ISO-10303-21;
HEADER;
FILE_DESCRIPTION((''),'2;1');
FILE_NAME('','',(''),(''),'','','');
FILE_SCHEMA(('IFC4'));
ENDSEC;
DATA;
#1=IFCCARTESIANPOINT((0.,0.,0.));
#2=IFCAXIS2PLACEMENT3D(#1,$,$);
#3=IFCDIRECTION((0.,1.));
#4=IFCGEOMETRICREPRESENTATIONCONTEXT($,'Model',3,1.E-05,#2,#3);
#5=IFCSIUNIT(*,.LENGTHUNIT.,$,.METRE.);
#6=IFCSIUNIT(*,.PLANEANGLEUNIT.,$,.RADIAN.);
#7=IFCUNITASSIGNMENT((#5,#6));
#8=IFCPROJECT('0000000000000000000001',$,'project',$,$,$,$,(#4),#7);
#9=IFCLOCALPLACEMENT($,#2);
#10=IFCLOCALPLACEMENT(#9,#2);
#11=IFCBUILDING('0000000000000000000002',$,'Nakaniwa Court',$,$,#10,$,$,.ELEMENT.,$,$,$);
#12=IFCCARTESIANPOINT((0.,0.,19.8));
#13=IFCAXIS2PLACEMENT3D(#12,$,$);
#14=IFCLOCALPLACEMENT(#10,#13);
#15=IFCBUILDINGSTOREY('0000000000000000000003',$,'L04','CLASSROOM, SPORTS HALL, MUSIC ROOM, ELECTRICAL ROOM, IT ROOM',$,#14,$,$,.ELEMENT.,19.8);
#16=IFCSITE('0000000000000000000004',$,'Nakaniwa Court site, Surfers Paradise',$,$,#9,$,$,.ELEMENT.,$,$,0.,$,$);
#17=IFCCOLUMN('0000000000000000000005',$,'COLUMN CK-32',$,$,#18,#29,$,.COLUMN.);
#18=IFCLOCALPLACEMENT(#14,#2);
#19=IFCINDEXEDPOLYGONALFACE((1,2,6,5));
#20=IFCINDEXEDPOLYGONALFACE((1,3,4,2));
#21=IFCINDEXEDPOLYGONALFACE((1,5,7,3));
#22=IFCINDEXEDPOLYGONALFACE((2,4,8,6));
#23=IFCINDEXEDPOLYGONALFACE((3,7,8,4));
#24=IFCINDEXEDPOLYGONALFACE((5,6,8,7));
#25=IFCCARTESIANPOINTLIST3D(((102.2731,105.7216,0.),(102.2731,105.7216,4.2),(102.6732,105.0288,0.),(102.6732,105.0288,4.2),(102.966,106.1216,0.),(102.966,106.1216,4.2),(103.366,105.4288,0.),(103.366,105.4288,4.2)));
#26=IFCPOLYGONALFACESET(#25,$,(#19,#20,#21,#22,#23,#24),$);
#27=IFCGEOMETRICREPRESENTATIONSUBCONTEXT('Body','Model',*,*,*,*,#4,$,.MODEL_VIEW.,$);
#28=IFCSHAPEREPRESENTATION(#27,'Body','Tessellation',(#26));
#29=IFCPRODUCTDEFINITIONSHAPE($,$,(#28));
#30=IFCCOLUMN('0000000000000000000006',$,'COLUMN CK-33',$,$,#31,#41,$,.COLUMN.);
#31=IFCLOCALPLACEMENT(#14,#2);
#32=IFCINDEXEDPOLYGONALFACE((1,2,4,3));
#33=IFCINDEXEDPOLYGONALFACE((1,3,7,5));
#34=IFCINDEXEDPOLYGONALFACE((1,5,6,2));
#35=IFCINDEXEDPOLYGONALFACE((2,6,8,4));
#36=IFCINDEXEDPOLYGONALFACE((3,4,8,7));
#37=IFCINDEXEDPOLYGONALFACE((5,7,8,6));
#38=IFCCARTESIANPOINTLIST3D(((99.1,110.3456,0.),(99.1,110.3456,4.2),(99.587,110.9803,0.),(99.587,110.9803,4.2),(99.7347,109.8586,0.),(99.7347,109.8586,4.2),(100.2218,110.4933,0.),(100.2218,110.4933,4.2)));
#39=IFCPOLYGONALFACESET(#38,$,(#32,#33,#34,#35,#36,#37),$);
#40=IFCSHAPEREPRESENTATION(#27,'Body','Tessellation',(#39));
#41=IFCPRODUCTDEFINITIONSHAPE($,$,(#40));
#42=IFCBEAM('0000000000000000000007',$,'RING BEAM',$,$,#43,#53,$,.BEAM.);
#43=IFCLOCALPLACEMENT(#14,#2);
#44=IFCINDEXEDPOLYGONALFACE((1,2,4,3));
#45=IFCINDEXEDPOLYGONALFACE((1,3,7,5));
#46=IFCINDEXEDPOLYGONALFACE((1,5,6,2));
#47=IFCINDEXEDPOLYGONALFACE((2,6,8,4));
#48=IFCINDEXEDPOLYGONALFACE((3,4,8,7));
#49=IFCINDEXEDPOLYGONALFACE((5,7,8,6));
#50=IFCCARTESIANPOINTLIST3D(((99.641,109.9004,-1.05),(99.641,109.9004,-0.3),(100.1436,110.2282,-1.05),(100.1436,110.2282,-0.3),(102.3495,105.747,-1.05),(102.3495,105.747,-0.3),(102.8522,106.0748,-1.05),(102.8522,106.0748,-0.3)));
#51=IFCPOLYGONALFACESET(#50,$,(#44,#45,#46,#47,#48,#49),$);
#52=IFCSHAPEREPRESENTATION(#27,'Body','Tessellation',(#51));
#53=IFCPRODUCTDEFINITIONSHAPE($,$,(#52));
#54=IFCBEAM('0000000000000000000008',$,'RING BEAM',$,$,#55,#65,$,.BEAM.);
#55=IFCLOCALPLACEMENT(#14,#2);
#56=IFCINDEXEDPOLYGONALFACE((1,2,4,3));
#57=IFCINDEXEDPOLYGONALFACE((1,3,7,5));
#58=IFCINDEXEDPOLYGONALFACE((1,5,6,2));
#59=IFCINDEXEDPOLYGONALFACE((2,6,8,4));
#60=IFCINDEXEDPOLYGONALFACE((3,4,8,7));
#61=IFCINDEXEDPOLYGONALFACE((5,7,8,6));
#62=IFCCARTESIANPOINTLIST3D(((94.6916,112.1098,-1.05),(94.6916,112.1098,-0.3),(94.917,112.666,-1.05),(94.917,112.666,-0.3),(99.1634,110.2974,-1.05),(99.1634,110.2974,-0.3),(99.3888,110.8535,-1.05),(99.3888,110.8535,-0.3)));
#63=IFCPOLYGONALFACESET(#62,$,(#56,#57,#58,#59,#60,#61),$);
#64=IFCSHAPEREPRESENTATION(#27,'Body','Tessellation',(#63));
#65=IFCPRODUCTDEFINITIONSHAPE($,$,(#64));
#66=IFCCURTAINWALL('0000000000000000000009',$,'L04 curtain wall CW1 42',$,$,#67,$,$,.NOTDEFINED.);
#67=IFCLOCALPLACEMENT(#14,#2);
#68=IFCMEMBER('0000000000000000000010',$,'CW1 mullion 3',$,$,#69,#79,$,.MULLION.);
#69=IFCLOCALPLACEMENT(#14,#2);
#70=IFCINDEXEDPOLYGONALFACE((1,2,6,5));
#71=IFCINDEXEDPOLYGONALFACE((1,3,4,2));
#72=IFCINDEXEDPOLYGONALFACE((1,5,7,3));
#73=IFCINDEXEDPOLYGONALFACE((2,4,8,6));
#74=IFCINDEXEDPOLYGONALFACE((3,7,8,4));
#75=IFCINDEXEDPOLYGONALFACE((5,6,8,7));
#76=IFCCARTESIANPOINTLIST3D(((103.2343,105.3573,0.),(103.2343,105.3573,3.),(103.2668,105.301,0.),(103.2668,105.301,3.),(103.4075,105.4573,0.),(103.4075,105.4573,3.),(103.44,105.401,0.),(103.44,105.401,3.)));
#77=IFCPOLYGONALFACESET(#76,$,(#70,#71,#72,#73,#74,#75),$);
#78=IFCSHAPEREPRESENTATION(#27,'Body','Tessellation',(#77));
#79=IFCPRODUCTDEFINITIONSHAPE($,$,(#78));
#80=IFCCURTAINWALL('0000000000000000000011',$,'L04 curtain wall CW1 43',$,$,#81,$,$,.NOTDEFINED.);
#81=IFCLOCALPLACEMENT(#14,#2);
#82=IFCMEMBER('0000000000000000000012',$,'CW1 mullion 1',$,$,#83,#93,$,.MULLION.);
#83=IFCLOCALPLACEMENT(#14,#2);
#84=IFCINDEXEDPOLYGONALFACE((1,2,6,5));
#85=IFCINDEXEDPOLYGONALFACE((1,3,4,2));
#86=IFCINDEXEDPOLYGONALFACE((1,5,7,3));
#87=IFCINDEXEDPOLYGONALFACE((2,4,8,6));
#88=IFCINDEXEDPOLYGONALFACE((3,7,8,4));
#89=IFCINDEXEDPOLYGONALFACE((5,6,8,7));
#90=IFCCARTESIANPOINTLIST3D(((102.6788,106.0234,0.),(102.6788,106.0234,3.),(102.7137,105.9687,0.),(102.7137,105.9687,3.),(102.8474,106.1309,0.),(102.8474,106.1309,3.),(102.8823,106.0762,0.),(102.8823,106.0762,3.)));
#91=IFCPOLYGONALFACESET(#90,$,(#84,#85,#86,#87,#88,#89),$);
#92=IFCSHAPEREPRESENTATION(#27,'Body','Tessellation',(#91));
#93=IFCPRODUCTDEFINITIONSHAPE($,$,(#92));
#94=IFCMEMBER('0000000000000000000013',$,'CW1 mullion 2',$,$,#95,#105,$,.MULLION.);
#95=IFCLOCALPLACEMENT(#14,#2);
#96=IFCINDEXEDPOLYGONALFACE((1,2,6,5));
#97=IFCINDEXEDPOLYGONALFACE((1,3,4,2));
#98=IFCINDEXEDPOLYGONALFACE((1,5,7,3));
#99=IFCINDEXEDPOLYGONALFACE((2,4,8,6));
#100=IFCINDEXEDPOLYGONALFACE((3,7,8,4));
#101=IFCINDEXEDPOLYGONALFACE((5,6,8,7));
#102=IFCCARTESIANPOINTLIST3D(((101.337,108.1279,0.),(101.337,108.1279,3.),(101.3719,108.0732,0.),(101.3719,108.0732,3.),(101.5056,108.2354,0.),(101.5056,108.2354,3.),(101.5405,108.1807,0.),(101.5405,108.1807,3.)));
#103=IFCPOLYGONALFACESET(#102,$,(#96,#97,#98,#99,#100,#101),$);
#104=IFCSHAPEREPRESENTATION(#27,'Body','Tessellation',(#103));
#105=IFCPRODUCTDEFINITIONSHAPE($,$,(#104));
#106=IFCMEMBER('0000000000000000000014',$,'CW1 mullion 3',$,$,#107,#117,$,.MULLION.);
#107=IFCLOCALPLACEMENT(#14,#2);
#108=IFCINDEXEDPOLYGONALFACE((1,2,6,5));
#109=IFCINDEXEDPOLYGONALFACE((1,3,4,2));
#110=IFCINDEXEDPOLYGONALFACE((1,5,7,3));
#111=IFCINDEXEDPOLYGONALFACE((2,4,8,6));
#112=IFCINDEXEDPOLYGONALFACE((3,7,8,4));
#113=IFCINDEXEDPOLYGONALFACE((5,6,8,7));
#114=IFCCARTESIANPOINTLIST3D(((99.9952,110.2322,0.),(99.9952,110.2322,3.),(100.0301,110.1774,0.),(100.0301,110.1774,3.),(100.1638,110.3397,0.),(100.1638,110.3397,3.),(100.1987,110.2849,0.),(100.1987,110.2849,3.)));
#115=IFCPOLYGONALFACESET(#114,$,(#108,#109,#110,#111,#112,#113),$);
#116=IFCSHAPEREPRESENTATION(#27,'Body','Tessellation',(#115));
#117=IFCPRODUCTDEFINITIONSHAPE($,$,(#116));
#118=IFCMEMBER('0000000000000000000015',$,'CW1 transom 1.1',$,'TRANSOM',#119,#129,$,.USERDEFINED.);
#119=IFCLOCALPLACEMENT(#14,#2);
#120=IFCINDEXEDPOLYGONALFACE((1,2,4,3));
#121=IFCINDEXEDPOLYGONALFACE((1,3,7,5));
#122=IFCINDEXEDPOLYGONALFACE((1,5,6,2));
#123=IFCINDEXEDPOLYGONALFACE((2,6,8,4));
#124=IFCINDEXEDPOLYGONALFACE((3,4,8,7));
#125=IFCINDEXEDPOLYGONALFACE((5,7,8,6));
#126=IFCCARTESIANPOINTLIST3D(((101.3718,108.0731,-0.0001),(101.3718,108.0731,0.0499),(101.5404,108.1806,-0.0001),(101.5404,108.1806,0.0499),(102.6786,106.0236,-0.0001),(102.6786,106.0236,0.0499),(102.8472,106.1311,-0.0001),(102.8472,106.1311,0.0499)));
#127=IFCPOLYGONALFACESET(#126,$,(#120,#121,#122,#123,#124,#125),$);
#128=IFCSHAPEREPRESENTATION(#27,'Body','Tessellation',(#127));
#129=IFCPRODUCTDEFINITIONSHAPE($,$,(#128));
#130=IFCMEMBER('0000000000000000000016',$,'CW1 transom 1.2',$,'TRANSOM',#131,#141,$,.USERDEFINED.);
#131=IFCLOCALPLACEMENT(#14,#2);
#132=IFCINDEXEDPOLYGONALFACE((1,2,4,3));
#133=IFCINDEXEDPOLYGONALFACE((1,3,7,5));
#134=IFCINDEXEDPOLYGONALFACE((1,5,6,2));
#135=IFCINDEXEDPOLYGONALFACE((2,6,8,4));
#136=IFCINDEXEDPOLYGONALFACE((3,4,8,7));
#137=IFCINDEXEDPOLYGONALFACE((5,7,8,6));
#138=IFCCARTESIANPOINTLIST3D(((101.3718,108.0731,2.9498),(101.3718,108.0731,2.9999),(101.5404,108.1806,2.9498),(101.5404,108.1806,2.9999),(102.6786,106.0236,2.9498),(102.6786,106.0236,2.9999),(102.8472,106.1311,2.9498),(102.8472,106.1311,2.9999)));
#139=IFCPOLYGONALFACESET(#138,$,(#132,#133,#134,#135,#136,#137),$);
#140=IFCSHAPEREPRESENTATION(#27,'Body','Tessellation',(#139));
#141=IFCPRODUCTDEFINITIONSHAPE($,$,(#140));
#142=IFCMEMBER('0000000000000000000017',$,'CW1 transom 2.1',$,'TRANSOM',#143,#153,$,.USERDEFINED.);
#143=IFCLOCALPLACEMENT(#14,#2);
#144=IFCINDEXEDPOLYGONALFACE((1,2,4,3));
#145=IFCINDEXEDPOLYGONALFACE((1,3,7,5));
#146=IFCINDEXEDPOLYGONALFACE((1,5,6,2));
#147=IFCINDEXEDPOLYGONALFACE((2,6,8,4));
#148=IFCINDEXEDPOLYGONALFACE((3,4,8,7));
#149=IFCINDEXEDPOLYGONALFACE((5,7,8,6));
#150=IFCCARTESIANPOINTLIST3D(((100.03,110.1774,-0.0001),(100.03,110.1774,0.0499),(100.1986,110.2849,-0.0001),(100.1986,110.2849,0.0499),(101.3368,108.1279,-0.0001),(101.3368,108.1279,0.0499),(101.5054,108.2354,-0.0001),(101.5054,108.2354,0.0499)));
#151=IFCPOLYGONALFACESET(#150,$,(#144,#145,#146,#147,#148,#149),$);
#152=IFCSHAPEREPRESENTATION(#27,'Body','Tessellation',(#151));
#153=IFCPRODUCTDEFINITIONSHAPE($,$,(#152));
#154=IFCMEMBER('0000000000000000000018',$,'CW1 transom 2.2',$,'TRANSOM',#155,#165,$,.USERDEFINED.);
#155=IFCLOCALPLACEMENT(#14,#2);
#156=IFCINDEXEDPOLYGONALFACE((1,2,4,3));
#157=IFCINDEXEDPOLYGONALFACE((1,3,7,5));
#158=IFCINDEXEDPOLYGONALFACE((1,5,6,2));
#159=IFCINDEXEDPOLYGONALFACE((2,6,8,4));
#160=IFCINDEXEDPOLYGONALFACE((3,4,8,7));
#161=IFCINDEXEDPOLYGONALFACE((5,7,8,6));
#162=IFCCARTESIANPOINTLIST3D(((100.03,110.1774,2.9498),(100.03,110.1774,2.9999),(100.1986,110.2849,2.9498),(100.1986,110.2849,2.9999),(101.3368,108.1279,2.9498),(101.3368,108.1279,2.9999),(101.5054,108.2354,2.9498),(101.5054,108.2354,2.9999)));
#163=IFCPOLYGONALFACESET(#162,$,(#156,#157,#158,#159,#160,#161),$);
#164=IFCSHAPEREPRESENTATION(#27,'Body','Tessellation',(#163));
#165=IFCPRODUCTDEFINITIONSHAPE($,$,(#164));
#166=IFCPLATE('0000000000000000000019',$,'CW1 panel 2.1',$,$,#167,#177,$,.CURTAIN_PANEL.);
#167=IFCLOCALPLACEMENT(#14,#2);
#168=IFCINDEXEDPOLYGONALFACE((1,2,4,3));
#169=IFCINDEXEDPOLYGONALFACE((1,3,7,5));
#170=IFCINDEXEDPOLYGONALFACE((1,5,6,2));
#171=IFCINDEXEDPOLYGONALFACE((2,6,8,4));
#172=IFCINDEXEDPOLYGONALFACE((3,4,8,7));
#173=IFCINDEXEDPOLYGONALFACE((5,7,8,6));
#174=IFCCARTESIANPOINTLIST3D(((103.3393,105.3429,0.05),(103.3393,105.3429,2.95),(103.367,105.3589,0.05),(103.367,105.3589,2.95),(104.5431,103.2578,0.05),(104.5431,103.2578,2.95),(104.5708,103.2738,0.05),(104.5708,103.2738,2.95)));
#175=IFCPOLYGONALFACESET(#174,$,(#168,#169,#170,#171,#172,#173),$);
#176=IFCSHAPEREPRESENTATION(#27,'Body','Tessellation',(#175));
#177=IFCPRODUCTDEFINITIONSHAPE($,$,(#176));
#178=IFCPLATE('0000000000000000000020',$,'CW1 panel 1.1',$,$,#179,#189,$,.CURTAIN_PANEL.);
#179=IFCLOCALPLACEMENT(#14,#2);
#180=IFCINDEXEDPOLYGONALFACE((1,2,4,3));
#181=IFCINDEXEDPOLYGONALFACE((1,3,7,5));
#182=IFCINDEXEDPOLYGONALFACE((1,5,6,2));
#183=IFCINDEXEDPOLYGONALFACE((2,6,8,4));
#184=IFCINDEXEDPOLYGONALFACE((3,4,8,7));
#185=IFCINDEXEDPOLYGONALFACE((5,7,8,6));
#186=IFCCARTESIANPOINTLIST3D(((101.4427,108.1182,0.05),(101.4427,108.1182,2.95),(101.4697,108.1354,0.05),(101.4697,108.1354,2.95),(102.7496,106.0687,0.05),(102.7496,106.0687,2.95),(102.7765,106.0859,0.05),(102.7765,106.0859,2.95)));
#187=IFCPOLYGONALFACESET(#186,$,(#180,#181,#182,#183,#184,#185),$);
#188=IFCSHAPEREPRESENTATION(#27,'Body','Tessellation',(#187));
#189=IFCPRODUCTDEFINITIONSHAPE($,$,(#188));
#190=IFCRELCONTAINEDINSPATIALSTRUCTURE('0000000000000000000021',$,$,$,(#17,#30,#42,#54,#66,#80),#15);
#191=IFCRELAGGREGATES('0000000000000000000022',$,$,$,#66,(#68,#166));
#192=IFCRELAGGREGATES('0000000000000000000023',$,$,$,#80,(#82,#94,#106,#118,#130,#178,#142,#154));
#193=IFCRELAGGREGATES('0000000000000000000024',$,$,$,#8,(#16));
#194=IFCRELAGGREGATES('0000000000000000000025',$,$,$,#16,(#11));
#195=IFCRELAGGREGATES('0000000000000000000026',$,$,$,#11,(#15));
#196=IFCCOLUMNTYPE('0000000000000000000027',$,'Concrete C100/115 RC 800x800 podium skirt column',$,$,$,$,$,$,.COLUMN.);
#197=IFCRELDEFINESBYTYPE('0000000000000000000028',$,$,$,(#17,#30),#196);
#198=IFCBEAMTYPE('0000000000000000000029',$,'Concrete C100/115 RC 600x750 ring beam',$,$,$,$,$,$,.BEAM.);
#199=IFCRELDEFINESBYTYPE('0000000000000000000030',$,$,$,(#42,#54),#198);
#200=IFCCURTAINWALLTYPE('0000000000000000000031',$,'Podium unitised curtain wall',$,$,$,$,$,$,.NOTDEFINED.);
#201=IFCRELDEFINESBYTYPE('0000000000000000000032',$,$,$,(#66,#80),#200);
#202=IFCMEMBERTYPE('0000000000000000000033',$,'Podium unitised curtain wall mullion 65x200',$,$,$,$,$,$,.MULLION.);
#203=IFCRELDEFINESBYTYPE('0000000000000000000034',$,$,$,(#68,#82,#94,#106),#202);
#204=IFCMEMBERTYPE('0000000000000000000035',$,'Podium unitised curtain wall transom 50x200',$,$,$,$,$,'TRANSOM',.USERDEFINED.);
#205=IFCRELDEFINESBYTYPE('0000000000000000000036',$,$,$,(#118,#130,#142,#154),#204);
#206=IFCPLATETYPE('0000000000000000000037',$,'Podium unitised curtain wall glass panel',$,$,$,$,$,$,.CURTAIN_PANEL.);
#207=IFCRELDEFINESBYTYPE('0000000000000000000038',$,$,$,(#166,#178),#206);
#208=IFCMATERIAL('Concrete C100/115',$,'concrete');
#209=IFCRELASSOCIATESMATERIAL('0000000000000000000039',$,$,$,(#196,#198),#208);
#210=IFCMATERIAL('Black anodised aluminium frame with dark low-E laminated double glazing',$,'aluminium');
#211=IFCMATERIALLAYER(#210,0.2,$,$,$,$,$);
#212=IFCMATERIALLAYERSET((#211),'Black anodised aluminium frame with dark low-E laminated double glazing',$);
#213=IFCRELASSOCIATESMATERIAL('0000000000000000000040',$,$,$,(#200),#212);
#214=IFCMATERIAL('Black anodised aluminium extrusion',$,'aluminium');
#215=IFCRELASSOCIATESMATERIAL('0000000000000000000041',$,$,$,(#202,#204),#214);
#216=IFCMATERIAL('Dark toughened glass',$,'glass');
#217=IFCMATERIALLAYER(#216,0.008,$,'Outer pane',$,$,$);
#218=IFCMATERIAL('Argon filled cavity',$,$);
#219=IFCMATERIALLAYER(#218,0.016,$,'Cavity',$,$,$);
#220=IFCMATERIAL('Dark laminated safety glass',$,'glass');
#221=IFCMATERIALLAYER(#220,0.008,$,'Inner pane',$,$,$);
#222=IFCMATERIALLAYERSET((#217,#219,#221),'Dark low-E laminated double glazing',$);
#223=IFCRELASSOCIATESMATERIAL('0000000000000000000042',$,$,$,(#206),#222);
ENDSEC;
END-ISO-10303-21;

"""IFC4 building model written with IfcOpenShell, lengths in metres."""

from ifc_helpers import new_model, si_unit, direction, frame, origin, origin_2d, place, context, subcontext, project, spatial, rectangle, extrude, material, layer, layer_set, material_profile, profile_set, type_object, element, aggregate, save


model = new_model("IFC4")

# Units and contexts
model_context = context("Model", 3, precision=1e-05, world=origin(), true_north=direction((0.0, 1.0)))
body_context = subcontext(model_context, "Body", "Model", "MODEL_VIEW")
ifc_project = project(units=[si_unit("LENGTHUNIT", "METRE"), si_unit("PLANEANGLEUNIT", "RADIAN")], contexts=[model_context])

# Site, building, storey
site_placement = place(None, origin())
site = spatial("IfcSite", under=ifc_project, at=site_placement, Name="Nakaniwa Court site, Surfers Paradise", CompositionType="ELEMENT", RefElevation=0.0)
building_placement = place(site_placement, origin())
building = spatial("IfcBuilding", under=site, at=building_placement, Name="Nakaniwa Court", CompositionType="ELEMENT")
storey_placement = place(building_placement, frame((0.0, 0.0, 19.8)))
storey = spatial("IfcBuildingStorey", under=building, at=storey_placement, Name="L04", Description="CLASSROOM, SPORTS HALL, MUSIC ROOM, ELECTRICAL ROOM, IT ROOM", CompositionType="ELEMENT", Elevation=19.8)

# Columns
ifc_material_1 = material(Name="Concrete C100/115", Category="concrete")
ifc_material_profile_1 = material_profile(ifc_material_1, rectangle(XDim=0.8, YDim=0.8, at=origin_2d()), Name="Concrete C100/115 RC 800x800 podium skirt column")
ifc_profile_set_1 = profile_set([ifc_material_profile_1], Name="Concrete C100/115")
column_type = type_object("IfcColumnType", Name="Concrete C100/115 RC 800x800 podium skirt column", PredefinedType="COLUMN", material=ifc_profile_set_1)
for number, where, z_axis, x_axis, name in (
    (1, (102.8196, 105.5752, 0.0), (0.0, 0.0, 1.0), (-0.5, 0.866025, 0.0), "COLUMN CK-32"),
    (2, (99.6609, 110.4194, 0.0), (0.0, 0.0, 1.0), (-0.793353, 0.608761, 0.0), "COLUMN CK-33"),
):
    element("IfcColumn", number, at=place(storey_placement, frame(where, z_axis=z_axis, x_axis=x_axis)), inside=storey, type_object=column_type, Name=name, PredefinedType="COLUMN", context=body_context, shape_type="SweptSolid", body=[
        extrude(rectangle(XDim=0.8, YDim=0.8, at=origin_2d()), origin(), (0.0, 0.0, 1.0), 4.2),
    ])

# Beams
ifc_material_profile_2 = material_profile(ifc_material_1, rectangle(XDim=0.6001, YDim=0.75, at=origin_2d()), Name="Concrete C100/115 RC 600x750 ring beam")
ifc_profile_set_2 = profile_set([ifc_material_profile_2], Name="Concrete C100/115")
beam_type = type_object("IfcBeamType", Name="Concrete C100/115 RC 600x750 ring beam", PredefinedType="BEAM", material=ifc_profile_set_2)
beam_1_placement = place(storey_placement, frame((102.6008, 105.9109, -0.675), z_axis=(-0.546241, 0.837628, 0.0), x_axis=(-0.837628, -0.546241, 0.0)))
element("IfcBeam", 3, at=beam_1_placement, inside=storey, type_object=beam_type, Name="RING BEAM", PredefinedType="BEAM", context=body_context, shape_type="SweptSolid", body=[
    extrude(rectangle(XDim=0.6001, YDim=0.75, at=origin_2d()), origin(), (0.0, 0.0, 1.0), 4.9585),
])
beam_2_placement = place(storey_placement, frame((99.2761, 110.5754, -0.675), z_axis=(-0.926771, 0.375626, 0.0), x_axis=(-0.375626, -0.926771, 0.0)))
element("IfcBeam", 4, at=beam_2_placement, inside=storey, type_object=beam_type, Name="RING BEAM", PredefinedType="BEAM", context=body_context, shape_type="SweptSolid", body=[
    extrude(rectangle(XDim=0.6001, YDim=0.75, at=origin_2d()), origin(), (0.0, 0.0, 1.0), 4.8252),
])

# Curtain wall, member
ifc_material_2 = material(Name="Black anodised aluminium frame with dark low-E laminated double glazing", Category="aluminium")
ifc_layer_1 = layer(ifc_material_2, 0.2)
ifc_layer_set_1 = layer_set([ifc_layer_1], Name="Black anodised aluminium frame with dark low-E laminated double glazing")
curtain_wall_type = type_object("IfcCurtainWallType", Name="Podium unitised curtain wall", PredefinedType="NOTDEFINED", material=ifc_layer_set_1)
curtain_wall_1_placement = place(storey_placement, origin())
curtain_wall_1 = element("IfcCurtainWall", 5, at=curtain_wall_1_placement, inside=storey, type_object=curtain_wall_type, Name="L04 curtain wall CW1 42", PredefinedType="NOTDEFINED")
ifc_material_3 = material(Name="Black anodised aluminium extrusion", Category="aluminium")
ifc_material_profile_3 = material_profile(ifc_material_3, rectangle(XDim=0.2, YDim=0.0649, at=origin_2d()), Name="Podium unitised curtain wall mullion 65x200")
ifc_profile_set_3 = profile_set([ifc_material_profile_3], Name="Black anodised aluminium extrusion")
member_type_1 = type_object("IfcMemberType", Name="Podium unitised curtain wall mullion 65x200", PredefinedType="MULLION", material=ifc_profile_set_3)
member_1_placement = place(storey_placement, frame((103.3372, 105.3792, 0.0), z_axis=(0.0, 0.0, 1.0), x_axis=(-0.866032, -0.499988, 0.0)))
member_1 = element("IfcMember", 6, at=member_1_placement, type_object=member_type_1, Name="CW1 mullion 3", PredefinedType="MULLION", context=body_context, shape_type="SweptSolid", body=[
    extrude(rectangle(XDim=0.2, YDim=0.0649, at=origin_2d()), origin(), (0.0, 0.0, 1.0), 3.0),
])

# Curtain wall, members
curtain_wall_2_placement = place(storey_placement, origin())
curtain_wall_2 = element("IfcCurtainWall", 7, at=curtain_wall_2_placement, inside=storey, type_object=curtain_wall_type, Name="L04 curtain wall CW1 43", PredefinedType="NOTDEFINED")
member_2_placement = place(storey_placement, frame((102.7805, 106.0498, 0.0), z_axis=(0.0, 0.0, 1.0), x_axis=(-0.843172, -0.537644, 0.0)))
member_2 = element("IfcMember", 8, at=member_2_placement, type_object=member_type_1, Name="CW1 mullion 1", PredefinedType="MULLION", context=body_context, shape_type="SweptSolid", body=[
    extrude(rectangle(XDim=0.2, YDim=0.0649, at=origin_2d()), origin(), (0.0, 0.0, 1.0), 3.0),
])
member_3_placement = place(storey_placement, frame((101.4387, 108.1543, 0.0), z_axis=(0.0, 0.0, 1.0), x_axis=(-0.843172, -0.537644, 0.0)))
member_3 = element("IfcMember", 9, at=member_3_placement, type_object=member_type_1, Name="CW1 mullion 2", PredefinedType="MULLION", context=body_context, shape_type="SweptSolid", body=[
    extrude(rectangle(XDim=0.2, YDim=0.0649, at=origin_2d()), origin(), (0.0, 0.0, 1.0), 3.0),
])
member_4_placement = place(storey_placement, frame((100.0969, 110.2585, 0.0), z_axis=(0.0, 0.0, 1.0), x_axis=(-0.843172, -0.537644, 0.0)))
member_4 = element("IfcMember", 10, at=member_4_placement, type_object=member_type_1, Name="CW1 mullion 3", PredefinedType="MULLION", context=body_context, shape_type="SweptSolid", body=[
    extrude(rectangle(XDim=0.2, YDim=0.0649, at=origin_2d()), origin(), (0.0, 0.0, 1.0), 3.0),
])
ifc_material_profile_4 = material_profile(ifc_material_3, rectangle(XDim=0.2, YDim=0.05, at=origin_2d()), Name="Podium unitised curtain wall transom 50x200")
ifc_profile_set_4 = profile_set([ifc_material_profile_4], Name="Black anodised aluminium extrusion")
member_type_2 = type_object("IfcMemberType", Name="Podium unitised curtain wall transom 50x200", ElementType="TRANSOM", PredefinedType="USERDEFINED", material=ifc_profile_set_4)
member_5_placement = place(storey_placement, frame((102.7629, 106.0774, 0.0249), z_axis=(-0.537642, 0.843173, 0.0), x_axis=(-0.843173, -0.537642, 0.0)))
member_5 = element("IfcMember", 11, at=member_5_placement, type_object=member_type_2, Name="CW1 transom 1.1", ObjectType="TRANSOM", PredefinedType="USERDEFINED", context=body_context, shape_type="SweptSolid", body=[
    extrude(rectangle(XDim=0.2, YDim=0.05, at=origin_2d()), origin(), (0.0, 0.0, 1.0), 2.4307),
])
member_6_placement = place(storey_placement, frame((102.7629, 106.0774, 2.9749), z_axis=(-0.537642, 0.843173, 0.0), x_axis=(-0.843173, -0.537642, 0.0)))
member_6 = element("IfcMember", 12, at=member_6_placement, type_object=member_type_2, Name="CW1 transom 1.2", ObjectType="TRANSOM", PredefinedType="USERDEFINED", context=body_context, shape_type="SweptSolid", body=[
    extrude(rectangle(XDim=0.2, YDim=0.05, at=origin_2d()), origin(), (0.0, 0.0, 1.0), 2.4307),
])
member_7_placement = place(storey_placement, frame((101.4211, 108.1816, 0.0249), z_axis=(-0.537642, 0.843173, 0.0), x_axis=(-0.843173, -0.537642, 0.0)))
member_7 = element("IfcMember", 13, at=member_7_placement, type_object=member_type_2, Name="CW1 transom 2.1", ObjectType="TRANSOM", PredefinedType="USERDEFINED", context=body_context, shape_type="SweptSolid", body=[
    extrude(rectangle(XDim=0.2, YDim=0.05, at=origin_2d()), origin(), (0.0, 0.0, 1.0), 2.4307),
])
member_8_placement = place(storey_placement, frame((101.4211, 108.1816, 2.9749), z_axis=(-0.537642, 0.843173, 0.0), x_axis=(-0.843173, -0.537642, 0.0)))
member_8 = element("IfcMember", 14, at=member_8_placement, type_object=member_type_2, Name="CW1 transom 2.2", ObjectType="TRANSOM", PredefinedType="USERDEFINED", context=body_context, shape_type="SweptSolid", body=[
    extrude(rectangle(XDim=0.2, YDim=0.05, at=origin_2d()), origin(), (0.0, 0.0, 1.0), 2.4307),
])

# Plates
ifc_material_4 = material(Name="Dark toughened glass", Category="glass")
ifc_layer_2 = layer(ifc_material_4, 0.008, Name="Outer pane")
ifc_material_5 = material(Name="Argon filled cavity")
ifc_layer_3 = layer(ifc_material_5, 0.016, Name="Cavity")
ifc_material_6 = material(Name="Dark laminated safety glass", Category="glass")
ifc_layer_4 = layer(ifc_material_6, 0.008, Name="Inner pane")
ifc_layer_set_2 = layer_set([ifc_layer_2, ifc_layer_3, ifc_layer_4], Name="Dark low-E laminated double glazing")
plate_type = type_object("IfcPlateType", Name="Podium unitised curtain wall glass panel", PredefinedType="CURTAIN_PANEL", material=ifc_layer_set_2)
plate_1_placement = place(storey_placement, frame((103.9551, 104.3083, 0.05), z_axis=(0.0, 0.0, 1.0), x_axis=(-0.499988, 0.866032, 0.0)))
plate_1 = element("IfcPlate", 15, at=plate_1_placement, type_object=plate_type, Name="CW1 panel 2.1", PredefinedType="CURTAIN_PANEL", context=body_context, shape_type="SweptSolid", body=[
    extrude(rectangle(XDim=2.4077, YDim=0.032, at=origin_2d()), origin(), (0.0, 0.0, 1.0), 2.8999),
])
aggregate(curtain_wall_1, [member_1, plate_1])
plate_2_placement = place(storey_placement, frame((102.1096, 107.1021, 0.05), z_axis=(0.0, 0.0, 1.0), x_axis=(-0.537644, 0.843172, 0.0)))
plate_2 = element("IfcPlate", 16, at=plate_2_placement, type_object=plate_type, Name="CW1 panel 1.1", PredefinedType="CURTAIN_PANEL", context=body_context, shape_type="SweptSolid", body=[
    extrude(rectangle(XDim=2.4307, YDim=0.032, at=origin_2d()), origin(), (0.0, 0.0, 1.0), 2.8999),
])
aggregate(curtain_wall_2, [member_2, member_3, member_4, member_5, member_6, plate_2, member_7, member_8])

save(model, "model.ifc")
